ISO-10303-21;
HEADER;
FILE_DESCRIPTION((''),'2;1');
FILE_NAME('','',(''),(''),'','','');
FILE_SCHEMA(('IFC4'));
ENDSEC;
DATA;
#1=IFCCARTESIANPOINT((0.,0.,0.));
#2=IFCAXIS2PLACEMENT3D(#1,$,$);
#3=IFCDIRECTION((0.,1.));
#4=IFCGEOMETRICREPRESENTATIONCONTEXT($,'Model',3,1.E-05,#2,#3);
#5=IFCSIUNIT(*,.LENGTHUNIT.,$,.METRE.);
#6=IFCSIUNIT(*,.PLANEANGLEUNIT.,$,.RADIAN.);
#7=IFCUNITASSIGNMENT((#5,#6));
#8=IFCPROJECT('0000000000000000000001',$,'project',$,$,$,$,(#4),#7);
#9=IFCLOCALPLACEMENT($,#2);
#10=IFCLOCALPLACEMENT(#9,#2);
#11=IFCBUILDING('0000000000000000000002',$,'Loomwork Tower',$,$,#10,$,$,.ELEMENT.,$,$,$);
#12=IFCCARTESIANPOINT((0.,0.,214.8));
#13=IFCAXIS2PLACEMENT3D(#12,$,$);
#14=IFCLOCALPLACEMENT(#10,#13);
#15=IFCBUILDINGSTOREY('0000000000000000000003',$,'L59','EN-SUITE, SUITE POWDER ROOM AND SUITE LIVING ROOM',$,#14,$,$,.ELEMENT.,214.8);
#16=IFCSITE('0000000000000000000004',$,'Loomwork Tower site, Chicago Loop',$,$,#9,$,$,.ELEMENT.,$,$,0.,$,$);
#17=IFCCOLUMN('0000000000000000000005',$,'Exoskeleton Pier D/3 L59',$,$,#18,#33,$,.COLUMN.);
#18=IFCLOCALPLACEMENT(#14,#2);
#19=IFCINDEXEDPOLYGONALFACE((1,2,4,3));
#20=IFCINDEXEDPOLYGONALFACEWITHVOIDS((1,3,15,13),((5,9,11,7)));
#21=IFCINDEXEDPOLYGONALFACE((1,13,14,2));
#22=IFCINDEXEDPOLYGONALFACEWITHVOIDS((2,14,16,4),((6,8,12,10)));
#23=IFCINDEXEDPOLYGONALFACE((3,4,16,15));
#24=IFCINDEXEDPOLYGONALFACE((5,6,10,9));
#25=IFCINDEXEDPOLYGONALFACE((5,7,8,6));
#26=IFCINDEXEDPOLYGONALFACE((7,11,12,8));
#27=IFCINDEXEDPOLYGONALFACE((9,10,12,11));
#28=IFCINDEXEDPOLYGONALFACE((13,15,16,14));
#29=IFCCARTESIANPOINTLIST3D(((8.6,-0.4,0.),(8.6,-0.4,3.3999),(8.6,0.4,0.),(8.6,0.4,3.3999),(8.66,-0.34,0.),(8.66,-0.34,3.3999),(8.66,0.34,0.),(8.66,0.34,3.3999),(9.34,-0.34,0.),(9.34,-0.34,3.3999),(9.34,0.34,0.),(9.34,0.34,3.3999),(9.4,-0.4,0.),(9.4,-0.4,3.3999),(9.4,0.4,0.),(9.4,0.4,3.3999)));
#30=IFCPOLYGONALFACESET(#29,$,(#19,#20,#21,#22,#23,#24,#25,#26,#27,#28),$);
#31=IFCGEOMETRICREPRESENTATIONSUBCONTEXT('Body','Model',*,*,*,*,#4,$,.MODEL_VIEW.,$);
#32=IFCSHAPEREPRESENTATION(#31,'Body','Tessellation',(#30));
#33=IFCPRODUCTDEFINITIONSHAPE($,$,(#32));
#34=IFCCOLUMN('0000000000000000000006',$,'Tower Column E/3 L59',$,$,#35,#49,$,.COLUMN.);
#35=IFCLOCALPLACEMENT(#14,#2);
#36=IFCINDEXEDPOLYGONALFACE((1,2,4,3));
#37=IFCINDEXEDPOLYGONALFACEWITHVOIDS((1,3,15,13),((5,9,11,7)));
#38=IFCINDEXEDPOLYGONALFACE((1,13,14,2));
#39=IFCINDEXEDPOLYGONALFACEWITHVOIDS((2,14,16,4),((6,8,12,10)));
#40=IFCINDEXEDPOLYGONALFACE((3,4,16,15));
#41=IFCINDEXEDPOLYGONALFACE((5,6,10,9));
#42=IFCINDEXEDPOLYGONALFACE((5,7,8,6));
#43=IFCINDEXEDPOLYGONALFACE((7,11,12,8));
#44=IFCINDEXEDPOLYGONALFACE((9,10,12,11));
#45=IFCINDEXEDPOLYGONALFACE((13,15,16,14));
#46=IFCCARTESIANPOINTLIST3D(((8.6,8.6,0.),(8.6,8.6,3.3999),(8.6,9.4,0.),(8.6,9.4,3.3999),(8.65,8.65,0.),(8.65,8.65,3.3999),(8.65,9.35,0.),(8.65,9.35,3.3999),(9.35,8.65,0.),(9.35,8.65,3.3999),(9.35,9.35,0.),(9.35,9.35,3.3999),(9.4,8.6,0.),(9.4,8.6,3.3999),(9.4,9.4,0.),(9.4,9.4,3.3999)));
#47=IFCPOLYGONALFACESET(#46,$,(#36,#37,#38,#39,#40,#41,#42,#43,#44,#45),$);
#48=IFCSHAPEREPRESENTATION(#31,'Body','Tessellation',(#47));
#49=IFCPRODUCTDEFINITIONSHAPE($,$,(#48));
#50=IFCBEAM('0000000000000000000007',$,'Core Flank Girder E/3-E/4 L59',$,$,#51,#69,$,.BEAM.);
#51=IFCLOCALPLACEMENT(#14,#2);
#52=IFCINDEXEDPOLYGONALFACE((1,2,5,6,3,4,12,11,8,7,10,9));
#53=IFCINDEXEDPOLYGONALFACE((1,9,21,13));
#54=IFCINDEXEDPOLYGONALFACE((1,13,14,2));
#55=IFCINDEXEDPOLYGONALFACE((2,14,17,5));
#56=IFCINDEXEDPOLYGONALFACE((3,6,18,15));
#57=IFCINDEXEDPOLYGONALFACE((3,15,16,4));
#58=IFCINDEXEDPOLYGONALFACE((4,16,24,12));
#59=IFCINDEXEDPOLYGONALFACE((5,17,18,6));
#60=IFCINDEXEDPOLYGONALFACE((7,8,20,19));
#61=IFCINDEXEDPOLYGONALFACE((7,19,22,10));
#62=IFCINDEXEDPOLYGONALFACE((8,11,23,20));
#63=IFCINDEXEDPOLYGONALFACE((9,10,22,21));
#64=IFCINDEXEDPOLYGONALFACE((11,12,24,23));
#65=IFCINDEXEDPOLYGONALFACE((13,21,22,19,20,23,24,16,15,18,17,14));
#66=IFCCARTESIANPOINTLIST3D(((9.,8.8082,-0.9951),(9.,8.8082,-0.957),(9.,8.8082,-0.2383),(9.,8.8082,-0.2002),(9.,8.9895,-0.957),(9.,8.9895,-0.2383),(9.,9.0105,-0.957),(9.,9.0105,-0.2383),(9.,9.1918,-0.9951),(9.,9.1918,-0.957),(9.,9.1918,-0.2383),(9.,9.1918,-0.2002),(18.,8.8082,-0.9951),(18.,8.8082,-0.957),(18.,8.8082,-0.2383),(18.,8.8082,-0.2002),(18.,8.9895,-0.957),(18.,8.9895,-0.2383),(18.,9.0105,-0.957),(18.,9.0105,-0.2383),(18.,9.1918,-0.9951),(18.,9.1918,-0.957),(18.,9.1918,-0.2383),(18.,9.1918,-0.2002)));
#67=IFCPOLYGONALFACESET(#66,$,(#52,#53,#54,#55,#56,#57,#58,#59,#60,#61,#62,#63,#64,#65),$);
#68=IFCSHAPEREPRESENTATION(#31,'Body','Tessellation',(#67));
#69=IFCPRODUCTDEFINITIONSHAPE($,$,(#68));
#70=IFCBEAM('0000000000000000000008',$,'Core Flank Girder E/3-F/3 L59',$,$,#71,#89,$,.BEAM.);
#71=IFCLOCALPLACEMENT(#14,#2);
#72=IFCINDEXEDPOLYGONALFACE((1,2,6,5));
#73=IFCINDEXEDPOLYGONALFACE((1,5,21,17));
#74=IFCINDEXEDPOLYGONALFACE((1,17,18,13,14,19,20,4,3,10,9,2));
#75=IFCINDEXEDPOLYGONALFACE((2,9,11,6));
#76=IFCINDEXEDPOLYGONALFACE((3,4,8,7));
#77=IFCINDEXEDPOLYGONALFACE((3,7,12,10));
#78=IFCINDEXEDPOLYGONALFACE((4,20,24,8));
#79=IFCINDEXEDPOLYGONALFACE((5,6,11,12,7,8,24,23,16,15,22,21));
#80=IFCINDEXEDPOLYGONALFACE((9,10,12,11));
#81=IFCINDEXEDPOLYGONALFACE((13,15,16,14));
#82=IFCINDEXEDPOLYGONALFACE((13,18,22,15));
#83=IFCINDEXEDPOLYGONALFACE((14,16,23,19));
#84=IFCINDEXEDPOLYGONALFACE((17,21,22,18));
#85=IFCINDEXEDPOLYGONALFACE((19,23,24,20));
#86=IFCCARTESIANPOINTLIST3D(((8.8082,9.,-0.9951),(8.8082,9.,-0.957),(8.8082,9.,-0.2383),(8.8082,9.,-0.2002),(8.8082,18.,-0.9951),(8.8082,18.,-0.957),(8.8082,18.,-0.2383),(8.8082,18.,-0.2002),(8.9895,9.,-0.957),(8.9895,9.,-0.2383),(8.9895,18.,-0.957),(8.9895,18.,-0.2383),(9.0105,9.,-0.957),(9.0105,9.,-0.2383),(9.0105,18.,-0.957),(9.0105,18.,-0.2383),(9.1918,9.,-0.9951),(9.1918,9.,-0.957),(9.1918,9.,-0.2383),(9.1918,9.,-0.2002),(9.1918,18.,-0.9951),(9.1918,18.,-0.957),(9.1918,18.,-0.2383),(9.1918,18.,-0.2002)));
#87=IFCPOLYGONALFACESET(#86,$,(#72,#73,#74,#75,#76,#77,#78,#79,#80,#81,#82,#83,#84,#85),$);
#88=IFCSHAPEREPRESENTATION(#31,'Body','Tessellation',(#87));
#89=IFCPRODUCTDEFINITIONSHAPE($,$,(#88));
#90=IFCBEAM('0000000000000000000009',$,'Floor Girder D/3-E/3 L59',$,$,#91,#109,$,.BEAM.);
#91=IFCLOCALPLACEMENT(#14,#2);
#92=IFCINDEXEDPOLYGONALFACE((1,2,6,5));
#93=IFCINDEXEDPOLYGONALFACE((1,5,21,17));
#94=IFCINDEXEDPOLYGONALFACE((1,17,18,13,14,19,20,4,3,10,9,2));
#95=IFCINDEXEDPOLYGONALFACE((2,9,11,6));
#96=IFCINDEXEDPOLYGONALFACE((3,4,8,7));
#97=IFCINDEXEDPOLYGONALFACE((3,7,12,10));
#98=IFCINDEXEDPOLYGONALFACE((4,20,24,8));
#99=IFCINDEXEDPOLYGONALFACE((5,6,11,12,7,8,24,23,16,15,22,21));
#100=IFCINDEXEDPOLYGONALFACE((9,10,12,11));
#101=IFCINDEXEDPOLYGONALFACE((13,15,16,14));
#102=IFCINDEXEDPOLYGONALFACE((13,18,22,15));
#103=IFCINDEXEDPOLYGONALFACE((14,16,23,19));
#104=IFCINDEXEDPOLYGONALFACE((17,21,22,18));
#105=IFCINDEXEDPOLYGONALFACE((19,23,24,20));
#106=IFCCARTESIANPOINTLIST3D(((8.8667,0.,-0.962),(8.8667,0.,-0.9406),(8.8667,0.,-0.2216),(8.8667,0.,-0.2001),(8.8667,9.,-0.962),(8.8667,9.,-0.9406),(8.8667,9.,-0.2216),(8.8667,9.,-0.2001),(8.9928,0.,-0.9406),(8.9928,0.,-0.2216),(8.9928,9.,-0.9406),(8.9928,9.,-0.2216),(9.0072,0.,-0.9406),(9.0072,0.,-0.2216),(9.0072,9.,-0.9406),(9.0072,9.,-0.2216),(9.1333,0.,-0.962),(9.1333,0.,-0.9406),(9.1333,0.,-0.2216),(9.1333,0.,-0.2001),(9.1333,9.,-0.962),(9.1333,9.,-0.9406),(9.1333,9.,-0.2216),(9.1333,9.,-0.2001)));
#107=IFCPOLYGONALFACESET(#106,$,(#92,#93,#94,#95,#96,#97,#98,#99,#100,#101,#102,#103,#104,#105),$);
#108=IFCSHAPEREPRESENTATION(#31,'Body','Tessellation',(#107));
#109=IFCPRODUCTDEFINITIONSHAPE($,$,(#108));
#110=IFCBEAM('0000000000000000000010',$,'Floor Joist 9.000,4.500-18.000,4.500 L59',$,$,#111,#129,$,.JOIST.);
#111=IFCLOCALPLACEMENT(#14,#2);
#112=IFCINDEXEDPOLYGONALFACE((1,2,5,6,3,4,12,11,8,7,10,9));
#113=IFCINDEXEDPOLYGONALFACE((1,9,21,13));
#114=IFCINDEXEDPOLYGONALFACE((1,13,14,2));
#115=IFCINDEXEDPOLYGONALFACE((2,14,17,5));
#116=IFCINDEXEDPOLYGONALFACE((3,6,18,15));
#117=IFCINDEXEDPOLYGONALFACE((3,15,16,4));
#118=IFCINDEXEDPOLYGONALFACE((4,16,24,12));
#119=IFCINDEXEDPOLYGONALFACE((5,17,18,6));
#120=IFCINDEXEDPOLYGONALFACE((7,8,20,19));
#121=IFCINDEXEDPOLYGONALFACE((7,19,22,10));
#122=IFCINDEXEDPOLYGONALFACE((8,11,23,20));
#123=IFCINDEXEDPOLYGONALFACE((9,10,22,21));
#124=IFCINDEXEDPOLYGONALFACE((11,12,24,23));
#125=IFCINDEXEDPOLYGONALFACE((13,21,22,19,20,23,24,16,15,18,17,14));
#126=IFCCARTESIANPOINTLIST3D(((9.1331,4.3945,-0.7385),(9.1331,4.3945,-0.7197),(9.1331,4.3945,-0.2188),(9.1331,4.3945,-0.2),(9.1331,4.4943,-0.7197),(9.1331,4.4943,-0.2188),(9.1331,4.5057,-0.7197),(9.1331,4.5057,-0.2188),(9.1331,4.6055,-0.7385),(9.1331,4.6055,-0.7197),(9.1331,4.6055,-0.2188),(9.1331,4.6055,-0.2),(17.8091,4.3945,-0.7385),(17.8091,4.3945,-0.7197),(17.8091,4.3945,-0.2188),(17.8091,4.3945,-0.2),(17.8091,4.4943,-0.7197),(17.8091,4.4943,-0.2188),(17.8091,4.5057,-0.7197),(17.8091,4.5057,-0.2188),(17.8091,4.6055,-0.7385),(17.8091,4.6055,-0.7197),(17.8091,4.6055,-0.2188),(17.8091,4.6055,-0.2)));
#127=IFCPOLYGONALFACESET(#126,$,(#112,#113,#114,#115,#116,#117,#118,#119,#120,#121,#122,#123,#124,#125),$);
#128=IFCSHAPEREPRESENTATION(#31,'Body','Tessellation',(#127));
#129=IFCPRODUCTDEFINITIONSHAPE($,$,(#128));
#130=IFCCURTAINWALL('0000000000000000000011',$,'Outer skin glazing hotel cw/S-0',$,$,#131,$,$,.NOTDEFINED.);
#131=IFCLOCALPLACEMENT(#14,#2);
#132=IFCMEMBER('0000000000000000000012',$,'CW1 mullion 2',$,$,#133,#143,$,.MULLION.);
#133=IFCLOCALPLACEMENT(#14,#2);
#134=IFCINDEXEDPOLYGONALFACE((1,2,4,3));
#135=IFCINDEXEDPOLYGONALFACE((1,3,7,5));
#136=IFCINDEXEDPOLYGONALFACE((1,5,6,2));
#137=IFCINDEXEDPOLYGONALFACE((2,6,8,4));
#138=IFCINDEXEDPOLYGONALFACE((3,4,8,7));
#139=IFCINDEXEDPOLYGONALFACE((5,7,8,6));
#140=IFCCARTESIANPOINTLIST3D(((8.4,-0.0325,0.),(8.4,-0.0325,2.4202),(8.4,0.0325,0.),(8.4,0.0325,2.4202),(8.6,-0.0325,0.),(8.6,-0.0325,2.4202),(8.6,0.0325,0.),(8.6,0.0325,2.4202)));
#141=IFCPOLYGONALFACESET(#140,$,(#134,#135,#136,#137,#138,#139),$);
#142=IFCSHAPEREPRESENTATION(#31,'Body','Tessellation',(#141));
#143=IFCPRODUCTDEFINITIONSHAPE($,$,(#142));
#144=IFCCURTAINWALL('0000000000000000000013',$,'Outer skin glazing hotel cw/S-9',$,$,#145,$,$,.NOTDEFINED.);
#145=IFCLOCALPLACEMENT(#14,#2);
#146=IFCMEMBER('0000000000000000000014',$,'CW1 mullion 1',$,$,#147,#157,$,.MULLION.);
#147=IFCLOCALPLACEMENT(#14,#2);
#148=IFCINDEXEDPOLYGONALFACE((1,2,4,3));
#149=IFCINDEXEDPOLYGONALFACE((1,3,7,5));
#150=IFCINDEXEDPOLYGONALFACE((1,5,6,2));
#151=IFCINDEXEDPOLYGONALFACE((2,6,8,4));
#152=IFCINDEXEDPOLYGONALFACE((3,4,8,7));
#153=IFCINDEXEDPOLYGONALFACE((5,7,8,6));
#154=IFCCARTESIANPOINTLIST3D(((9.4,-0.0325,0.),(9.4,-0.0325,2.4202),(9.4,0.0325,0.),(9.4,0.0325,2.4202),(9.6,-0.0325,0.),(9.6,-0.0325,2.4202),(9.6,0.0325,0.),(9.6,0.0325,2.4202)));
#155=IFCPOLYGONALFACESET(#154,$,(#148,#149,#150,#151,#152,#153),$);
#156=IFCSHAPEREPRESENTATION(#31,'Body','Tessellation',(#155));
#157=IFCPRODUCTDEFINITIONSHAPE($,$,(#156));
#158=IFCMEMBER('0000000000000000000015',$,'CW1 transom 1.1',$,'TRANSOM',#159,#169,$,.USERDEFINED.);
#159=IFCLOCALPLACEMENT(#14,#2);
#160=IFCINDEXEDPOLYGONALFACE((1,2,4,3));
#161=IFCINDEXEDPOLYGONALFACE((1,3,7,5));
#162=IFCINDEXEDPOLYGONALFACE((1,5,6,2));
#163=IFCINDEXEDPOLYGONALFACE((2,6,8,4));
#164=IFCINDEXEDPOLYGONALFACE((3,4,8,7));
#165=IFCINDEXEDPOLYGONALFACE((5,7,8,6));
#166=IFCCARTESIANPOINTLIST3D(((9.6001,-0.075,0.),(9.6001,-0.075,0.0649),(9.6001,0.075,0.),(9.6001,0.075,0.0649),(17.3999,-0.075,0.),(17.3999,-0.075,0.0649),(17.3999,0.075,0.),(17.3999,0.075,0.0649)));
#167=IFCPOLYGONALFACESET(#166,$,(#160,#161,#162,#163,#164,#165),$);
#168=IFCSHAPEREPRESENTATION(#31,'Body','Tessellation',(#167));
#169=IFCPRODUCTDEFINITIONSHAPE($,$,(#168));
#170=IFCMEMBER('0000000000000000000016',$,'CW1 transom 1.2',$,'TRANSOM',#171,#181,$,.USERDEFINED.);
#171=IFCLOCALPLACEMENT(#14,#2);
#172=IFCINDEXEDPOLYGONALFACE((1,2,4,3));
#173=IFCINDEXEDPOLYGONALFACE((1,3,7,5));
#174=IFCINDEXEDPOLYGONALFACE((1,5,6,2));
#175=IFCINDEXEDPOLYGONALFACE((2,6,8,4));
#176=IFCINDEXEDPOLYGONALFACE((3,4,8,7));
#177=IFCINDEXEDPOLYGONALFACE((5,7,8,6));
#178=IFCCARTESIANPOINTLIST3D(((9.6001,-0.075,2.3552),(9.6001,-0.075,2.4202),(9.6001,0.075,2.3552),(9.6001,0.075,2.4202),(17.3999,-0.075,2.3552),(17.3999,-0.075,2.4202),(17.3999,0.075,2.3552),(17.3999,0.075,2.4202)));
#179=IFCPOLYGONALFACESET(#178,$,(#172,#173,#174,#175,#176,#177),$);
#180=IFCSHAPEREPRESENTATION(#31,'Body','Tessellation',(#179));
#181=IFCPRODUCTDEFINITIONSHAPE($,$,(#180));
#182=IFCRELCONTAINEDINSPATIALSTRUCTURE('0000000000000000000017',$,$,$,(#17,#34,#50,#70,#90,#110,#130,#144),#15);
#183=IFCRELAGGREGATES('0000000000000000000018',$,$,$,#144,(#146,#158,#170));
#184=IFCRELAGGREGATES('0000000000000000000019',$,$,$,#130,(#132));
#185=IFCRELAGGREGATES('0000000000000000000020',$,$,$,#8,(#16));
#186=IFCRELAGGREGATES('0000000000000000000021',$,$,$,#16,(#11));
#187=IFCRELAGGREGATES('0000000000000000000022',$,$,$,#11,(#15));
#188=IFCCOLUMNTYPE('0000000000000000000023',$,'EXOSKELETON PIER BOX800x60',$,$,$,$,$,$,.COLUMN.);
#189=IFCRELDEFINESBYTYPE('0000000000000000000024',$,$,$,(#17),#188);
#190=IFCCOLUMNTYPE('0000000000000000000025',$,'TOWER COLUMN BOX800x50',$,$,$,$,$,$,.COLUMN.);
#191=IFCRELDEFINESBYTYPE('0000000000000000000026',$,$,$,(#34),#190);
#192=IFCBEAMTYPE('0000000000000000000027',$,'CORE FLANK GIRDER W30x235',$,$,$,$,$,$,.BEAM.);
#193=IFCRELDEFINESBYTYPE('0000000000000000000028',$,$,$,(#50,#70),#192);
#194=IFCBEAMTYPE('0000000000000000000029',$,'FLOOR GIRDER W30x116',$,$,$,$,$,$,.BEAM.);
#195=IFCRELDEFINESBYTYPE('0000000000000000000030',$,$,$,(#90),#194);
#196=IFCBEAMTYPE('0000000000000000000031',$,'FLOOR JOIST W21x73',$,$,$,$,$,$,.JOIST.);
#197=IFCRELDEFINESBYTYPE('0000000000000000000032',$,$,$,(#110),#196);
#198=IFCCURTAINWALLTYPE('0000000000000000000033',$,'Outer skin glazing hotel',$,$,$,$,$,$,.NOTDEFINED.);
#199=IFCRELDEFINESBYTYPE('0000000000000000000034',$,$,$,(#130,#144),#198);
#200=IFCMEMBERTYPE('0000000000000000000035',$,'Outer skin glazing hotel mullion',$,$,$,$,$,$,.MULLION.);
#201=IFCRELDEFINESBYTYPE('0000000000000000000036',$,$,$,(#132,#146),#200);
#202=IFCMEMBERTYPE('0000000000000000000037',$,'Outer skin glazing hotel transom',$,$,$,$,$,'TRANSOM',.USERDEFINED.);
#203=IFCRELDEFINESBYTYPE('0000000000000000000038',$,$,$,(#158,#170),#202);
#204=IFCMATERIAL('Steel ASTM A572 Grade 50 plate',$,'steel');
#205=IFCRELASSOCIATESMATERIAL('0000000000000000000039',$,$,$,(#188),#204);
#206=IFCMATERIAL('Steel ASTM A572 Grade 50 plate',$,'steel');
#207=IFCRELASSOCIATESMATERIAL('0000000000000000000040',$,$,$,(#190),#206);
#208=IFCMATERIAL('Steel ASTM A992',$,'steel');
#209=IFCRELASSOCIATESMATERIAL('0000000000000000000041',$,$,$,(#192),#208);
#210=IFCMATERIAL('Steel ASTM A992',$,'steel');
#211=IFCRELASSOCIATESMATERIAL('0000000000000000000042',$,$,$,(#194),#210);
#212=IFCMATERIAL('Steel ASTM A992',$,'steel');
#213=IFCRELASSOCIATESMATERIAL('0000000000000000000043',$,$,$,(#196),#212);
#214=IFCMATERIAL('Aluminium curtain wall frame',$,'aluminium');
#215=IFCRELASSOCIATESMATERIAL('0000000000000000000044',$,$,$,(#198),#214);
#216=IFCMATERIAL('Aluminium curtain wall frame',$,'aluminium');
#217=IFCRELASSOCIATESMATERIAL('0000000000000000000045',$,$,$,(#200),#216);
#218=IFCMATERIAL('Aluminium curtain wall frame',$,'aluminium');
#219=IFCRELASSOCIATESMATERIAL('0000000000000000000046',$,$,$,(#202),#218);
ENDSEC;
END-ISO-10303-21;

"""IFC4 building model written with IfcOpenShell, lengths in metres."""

from ifc_helpers import new_model, si_unit, direction, frame, origin, origin_2d, place, context, subcontext, project, spatial, rectangle, hollow_rectangle, i_section, extrude, material, material_profile, profile_set, type_object, element, aggregate, save


model = new_model("IFC4")

# Units and contexts
model_context = context("Model", 3, precision=1e-05, world=origin(), true_north=direction((0.0, 1.0)))
body_context = subcontext(model_context, "Body", "Model", "MODEL_VIEW")
ifc_project = project(units=[si_unit("LENGTHUNIT", "METRE"), si_unit("PLANEANGLEUNIT", "RADIAN")], contexts=[model_context])

# Site, building, storey
site_placement = place(None, origin())
site = spatial("IfcSite", under=ifc_project, at=site_placement, Name="Loomwork Tower site, Chicago Loop", CompositionType="ELEMENT", RefElevation=0.0)
building_placement = place(site_placement, origin())
building = spatial("IfcBuilding", under=site, at=building_placement, Name="Loomwork Tower", CompositionType="ELEMENT")
storey_placement = place(building_placement, frame((0.0, 0.0, 214.8)))
storey = spatial("IfcBuildingStorey", under=building, at=storey_placement, Name="L59", Description="EN-SUITE, SUITE POWDER ROOM AND SUITE LIVING ROOM", CompositionType="ELEMENT", Elevation=214.8)

# Columns
ifc_material_1 = material(Name="Steel ASTM A572 Grade 50 plate", Category="steel")
ifc_material_profile_1 = material_profile(ifc_material_1, hollow_rectangle(XDim=0.8, YDim=0.8, WallThickness=0.0601, at=origin_2d()), Name="BOX800x60")
ifc_profile_set_1 = profile_set([ifc_material_profile_1], Name="Steel ASTM A572 Grade 50 plate")
column_type_1 = type_object("IfcColumnType", Name="EXOSKELETON PIER BOX800x60", PredefinedType="COLUMN", material=ifc_profile_set_1)
column_1_placement = place(storey_placement, frame((9.0, 0.0, 0.0), z_axis=(0.0, 0.0, 1.0), x_axis=(1.0, 0.0, 0.0)))
element("IfcColumn", 1, at=column_1_placement, inside=storey, type_object=column_type_1, Name="Exoskeleton Pier D/3 L59", PredefinedType="COLUMN", context=body_context, shape_type="SweptSolid", body=[
    extrude(hollow_rectangle(XDim=0.8, YDim=0.8, WallThickness=0.0601, at=origin_2d()), origin(), (0.0, 0.0, 1.0), 3.3999),
])
ifc_material_2 = material(Name="Steel ASTM A572 Grade 50 plate", Category="steel")
ifc_material_profile_2 = material_profile(ifc_material_2, hollow_rectangle(XDim=0.8, YDim=0.8, WallThickness=0.05, at=origin_2d()), Name="BOX800x50")
ifc_profile_set_2 = profile_set([ifc_material_profile_2], Name="Steel ASTM A572 Grade 50 plate")
column_type_2 = type_object("IfcColumnType", Name="TOWER COLUMN BOX800x50", PredefinedType="COLUMN", material=ifc_profile_set_2)
column_2_placement = place(storey_placement, frame((9.0, 9.0, 0.0), z_axis=(0.0, 0.0, 1.0), x_axis=(1.0, 0.0, 0.0)))
element("IfcColumn", 2, at=column_2_placement, inside=storey, type_object=column_type_2, Name="Tower Column E/3 L59", PredefinedType="COLUMN", context=body_context, shape_type="SweptSolid", body=[
    extrude(hollow_rectangle(XDim=0.8, YDim=0.8, WallThickness=0.05, at=origin_2d()), origin(), (0.0, 0.0, 1.0), 3.3999),
])

# Beams
ifc_material_3 = material(Name="Steel ASTM A992", Category="steel")
ifc_material_profile_3 = material_profile(ifc_material_3, i_section(OverallWidth=0.3835, OverallDepth=0.7949, WebThickness=0.021, FlangeThickness=0.0381, at=origin_2d()), Name="W30x235")
ifc_profile_set_3 = profile_set([ifc_material_profile_3], Name="Steel ASTM A992")
beam_type_1 = type_object("IfcBeamType", Name="CORE FLANK GIRDER W30x235", PredefinedType="BEAM", material=ifc_profile_set_3)
for number, where, z_axis, x_axis, name in (
    (3, (9.0, 9.0, -0.5977), (1.0, 0.0, 0.0), (0.0, 1.0, 0.0), "Core Flank Girder E/3-E/4 L59"),
    (4, (9.0, 9.0, -0.5977), (0.0, 1.0, 0.0), (-1.0, 0.0, 0.0), "Core Flank Girder E/3-F/3 L59"),
):
    element("IfcBeam", number, at=place(storey_placement, frame(where, z_axis=z_axis, x_axis=x_axis)), inside=storey, type_object=beam_type_1, Name=name, PredefinedType="BEAM", context=body_context, shape_type="SweptSolid", body=[
        extrude(i_section(OverallWidth=0.3835, OverallDepth=0.7949, WebThickness=0.021, FlangeThickness=0.0381, at=origin_2d()), origin(), (0.0, 0.0, 1.0), 9.0),
    ])
ifc_material_4 = material(Name="Steel ASTM A992", Category="steel")
ifc_material_profile_4 = material_profile(ifc_material_4, i_section(OverallWidth=0.2666, OverallDepth=0.762, WebThickness=0.0144, FlangeThickness=0.0215, at=origin_2d()), Name="W30x116")
ifc_profile_set_4 = profile_set([ifc_material_profile_4], Name="Steel ASTM A992")
beam_type_2 = type_object("IfcBeamType", Name="FLOOR GIRDER W30x116", PredefinedType="BEAM", material=ifc_profile_set_4)
beam_1_placement = place(storey_placement, frame((9.0, 0.0, -0.5811), z_axis=(0.0, 1.0, 0.0), x_axis=(-1.0, 0.0, 0.0)))
element("IfcBeam", 5, at=beam_1_placement, inside=storey, type_object=beam_type_2, Name="Floor Girder D/3-E/3 L59", PredefinedType="BEAM", context=body_context, shape_type="SweptSolid", body=[
    extrude(i_section(OverallWidth=0.2666, OverallDepth=0.762, WebThickness=0.0144, FlangeThickness=0.0215, at=origin_2d()), origin(), (0.0, 0.0, 1.0), 9.0),
])
ifc_material_5 = material(Name="Steel ASTM A992", Category="steel")
ifc_material_profile_5 = material_profile(ifc_material_5, i_section(OverallWidth=0.2109, OverallDepth=0.5386, WebThickness=0.0115, FlangeThickness=0.0188, at=origin_2d()), Name="W21x73")
ifc_profile_set_5 = profile_set([ifc_material_profile_5], Name="Steel ASTM A992")
beam_type_3 = type_object("IfcBeamType", Name="FLOOR JOIST W21x73", PredefinedType="JOIST", material=ifc_profile_set_5)
beam_2_placement = place(storey_placement, frame((9.1331, 4.5, -0.4692), z_axis=(1.0, 0.0, 0.0), x_axis=(0.0, 1.0, 0.0)))
element("IfcBeam", 6, at=beam_2_placement, inside=storey, type_object=beam_type_3, Name="Floor Joist 9.000,4.500-18.000,4.500 L59", PredefinedType="JOIST", context=body_context, shape_type="SweptSolid", body=[
    extrude(i_section(OverallWidth=0.2109, OverallDepth=0.5386, WebThickness=0.0115, FlangeThickness=0.0188, at=origin_2d()), origin(), (0.0, 0.0, 1.0), 8.676),
])

# Curtain wall, member
ifc_material_6 = material(Name="Aluminium curtain wall frame", Category="aluminium")
curtain_wall_type = type_object("IfcCurtainWallType", Name="Outer skin glazing hotel", PredefinedType="NOTDEFINED", material=ifc_material_6)
curtain_wall_1_placement = place(storey_placement, origin())
curtain_wall_1 = element("IfcCurtainWall", 7, at=curtain_wall_1_placement, inside=storey, type_object=curtain_wall_type, Name="Outer skin glazing hotel cw/S-0", PredefinedType="NOTDEFINED")
ifc_material_7 = material(Name="Aluminium curtain wall frame", Category="aluminium")
ifc_material_profile_6 = material_profile(ifc_material_7, rectangle(XDim=0.0649, YDim=0.2, at=origin_2d()), Name="AL 65x200")
ifc_profile_set_6 = profile_set([ifc_material_profile_6], Name="Aluminium curtain wall frame")
member_type_1 = type_object("IfcMemberType", Name="Outer skin glazing hotel mullion", PredefinedType="MULLION", material=ifc_profile_set_6)
member_1_placement = place(storey_placement, frame((8.5, 0.0, 0.0), z_axis=(0.0, 0.0, 1.0), x_axis=(0.0, 1.0, 0.0)))
member_1 = element("IfcMember", 8, at=member_1_placement, type_object=member_type_1, Name="CW1 mullion 2", PredefinedType="MULLION", context=body_context, shape_type="SweptSolid", body=[
    extrude(rectangle(XDim=0.0649, YDim=0.2, at=origin_2d()), origin(), (0.0, 0.0, 1.0), 2.4202),
])

# Curtain wall, members
curtain_wall_2_placement = place(storey_placement, origin())
curtain_wall_2 = element("IfcCurtainWall", 9, at=curtain_wall_2_placement, inside=storey, type_object=curtain_wall_type, Name="Outer skin glazing hotel cw/S-9", PredefinedType="NOTDEFINED")
member_2_placement = place(storey_placement, frame((9.5, 0.0, 0.0), z_axis=(0.0, 0.0, 1.0), x_axis=(0.0, 1.0, 0.0)))
member_2 = element("IfcMember", 10, at=member_2_placement, type_object=member_type_1, Name="CW1 mullion 1", PredefinedType="MULLION", context=body_context, shape_type="SweptSolid", body=[
    extrude(rectangle(XDim=0.0649, YDim=0.2, at=origin_2d()), origin(), (0.0, 0.0, 1.0), 2.4202),
])
ifc_material_8 = material(Name="Aluminium curtain wall frame", Category="aluminium")
ifc_material_profile_7 = material_profile(ifc_material_8, rectangle(XDim=0.1499, YDim=0.0649, at=origin_2d()), Name="AL 65x150")
ifc_profile_set_7 = profile_set([ifc_material_profile_7], Name="Aluminium curtain wall frame")
member_type_2 = type_object("IfcMemberType", Name="Outer skin glazing hotel transom", ElementType="TRANSOM", PredefinedType="USERDEFINED", material=ifc_profile_set_7)
member_3_placement = place(storey_placement, frame((9.6001, 0.0, 0.0325), z_axis=(1.0, 0.0, 0.0), x_axis=(0.0, 1.0, 0.0)))
member_3 = element("IfcMember", 11, at=member_3_placement, type_object=member_type_2, Name="CW1 transom 1.1", ObjectType="TRANSOM", PredefinedType="USERDEFINED", context=body_context, shape_type="SweptSolid", body=[
    extrude(rectangle(XDim=0.1499, YDim=0.0649, at=origin_2d()), origin(), (0.0, 0.0, 1.0), 7.7998),
])
member_4_placement = place(storey_placement, frame((9.6001, 0.0, 2.3877), z_axis=(1.0, 0.0, 0.0), x_axis=(0.0, 1.0, 0.0)))
member_4 = element("IfcMember", 12, at=member_4_placement, type_object=member_type_2, Name="CW1 transom 1.2", ObjectType="TRANSOM", PredefinedType="USERDEFINED", context=body_context, shape_type="SweptSolid", body=[
    extrude(rectangle(XDim=0.1499, YDim=0.0649, at=origin_2d()), origin(), (0.0, 0.0, 1.0), 7.7998),
])
aggregate(curtain_wall_2, [member_2, member_3, member_4])

aggregate(curtain_wall_1, [member_1])

save(model, "model.ifc")
